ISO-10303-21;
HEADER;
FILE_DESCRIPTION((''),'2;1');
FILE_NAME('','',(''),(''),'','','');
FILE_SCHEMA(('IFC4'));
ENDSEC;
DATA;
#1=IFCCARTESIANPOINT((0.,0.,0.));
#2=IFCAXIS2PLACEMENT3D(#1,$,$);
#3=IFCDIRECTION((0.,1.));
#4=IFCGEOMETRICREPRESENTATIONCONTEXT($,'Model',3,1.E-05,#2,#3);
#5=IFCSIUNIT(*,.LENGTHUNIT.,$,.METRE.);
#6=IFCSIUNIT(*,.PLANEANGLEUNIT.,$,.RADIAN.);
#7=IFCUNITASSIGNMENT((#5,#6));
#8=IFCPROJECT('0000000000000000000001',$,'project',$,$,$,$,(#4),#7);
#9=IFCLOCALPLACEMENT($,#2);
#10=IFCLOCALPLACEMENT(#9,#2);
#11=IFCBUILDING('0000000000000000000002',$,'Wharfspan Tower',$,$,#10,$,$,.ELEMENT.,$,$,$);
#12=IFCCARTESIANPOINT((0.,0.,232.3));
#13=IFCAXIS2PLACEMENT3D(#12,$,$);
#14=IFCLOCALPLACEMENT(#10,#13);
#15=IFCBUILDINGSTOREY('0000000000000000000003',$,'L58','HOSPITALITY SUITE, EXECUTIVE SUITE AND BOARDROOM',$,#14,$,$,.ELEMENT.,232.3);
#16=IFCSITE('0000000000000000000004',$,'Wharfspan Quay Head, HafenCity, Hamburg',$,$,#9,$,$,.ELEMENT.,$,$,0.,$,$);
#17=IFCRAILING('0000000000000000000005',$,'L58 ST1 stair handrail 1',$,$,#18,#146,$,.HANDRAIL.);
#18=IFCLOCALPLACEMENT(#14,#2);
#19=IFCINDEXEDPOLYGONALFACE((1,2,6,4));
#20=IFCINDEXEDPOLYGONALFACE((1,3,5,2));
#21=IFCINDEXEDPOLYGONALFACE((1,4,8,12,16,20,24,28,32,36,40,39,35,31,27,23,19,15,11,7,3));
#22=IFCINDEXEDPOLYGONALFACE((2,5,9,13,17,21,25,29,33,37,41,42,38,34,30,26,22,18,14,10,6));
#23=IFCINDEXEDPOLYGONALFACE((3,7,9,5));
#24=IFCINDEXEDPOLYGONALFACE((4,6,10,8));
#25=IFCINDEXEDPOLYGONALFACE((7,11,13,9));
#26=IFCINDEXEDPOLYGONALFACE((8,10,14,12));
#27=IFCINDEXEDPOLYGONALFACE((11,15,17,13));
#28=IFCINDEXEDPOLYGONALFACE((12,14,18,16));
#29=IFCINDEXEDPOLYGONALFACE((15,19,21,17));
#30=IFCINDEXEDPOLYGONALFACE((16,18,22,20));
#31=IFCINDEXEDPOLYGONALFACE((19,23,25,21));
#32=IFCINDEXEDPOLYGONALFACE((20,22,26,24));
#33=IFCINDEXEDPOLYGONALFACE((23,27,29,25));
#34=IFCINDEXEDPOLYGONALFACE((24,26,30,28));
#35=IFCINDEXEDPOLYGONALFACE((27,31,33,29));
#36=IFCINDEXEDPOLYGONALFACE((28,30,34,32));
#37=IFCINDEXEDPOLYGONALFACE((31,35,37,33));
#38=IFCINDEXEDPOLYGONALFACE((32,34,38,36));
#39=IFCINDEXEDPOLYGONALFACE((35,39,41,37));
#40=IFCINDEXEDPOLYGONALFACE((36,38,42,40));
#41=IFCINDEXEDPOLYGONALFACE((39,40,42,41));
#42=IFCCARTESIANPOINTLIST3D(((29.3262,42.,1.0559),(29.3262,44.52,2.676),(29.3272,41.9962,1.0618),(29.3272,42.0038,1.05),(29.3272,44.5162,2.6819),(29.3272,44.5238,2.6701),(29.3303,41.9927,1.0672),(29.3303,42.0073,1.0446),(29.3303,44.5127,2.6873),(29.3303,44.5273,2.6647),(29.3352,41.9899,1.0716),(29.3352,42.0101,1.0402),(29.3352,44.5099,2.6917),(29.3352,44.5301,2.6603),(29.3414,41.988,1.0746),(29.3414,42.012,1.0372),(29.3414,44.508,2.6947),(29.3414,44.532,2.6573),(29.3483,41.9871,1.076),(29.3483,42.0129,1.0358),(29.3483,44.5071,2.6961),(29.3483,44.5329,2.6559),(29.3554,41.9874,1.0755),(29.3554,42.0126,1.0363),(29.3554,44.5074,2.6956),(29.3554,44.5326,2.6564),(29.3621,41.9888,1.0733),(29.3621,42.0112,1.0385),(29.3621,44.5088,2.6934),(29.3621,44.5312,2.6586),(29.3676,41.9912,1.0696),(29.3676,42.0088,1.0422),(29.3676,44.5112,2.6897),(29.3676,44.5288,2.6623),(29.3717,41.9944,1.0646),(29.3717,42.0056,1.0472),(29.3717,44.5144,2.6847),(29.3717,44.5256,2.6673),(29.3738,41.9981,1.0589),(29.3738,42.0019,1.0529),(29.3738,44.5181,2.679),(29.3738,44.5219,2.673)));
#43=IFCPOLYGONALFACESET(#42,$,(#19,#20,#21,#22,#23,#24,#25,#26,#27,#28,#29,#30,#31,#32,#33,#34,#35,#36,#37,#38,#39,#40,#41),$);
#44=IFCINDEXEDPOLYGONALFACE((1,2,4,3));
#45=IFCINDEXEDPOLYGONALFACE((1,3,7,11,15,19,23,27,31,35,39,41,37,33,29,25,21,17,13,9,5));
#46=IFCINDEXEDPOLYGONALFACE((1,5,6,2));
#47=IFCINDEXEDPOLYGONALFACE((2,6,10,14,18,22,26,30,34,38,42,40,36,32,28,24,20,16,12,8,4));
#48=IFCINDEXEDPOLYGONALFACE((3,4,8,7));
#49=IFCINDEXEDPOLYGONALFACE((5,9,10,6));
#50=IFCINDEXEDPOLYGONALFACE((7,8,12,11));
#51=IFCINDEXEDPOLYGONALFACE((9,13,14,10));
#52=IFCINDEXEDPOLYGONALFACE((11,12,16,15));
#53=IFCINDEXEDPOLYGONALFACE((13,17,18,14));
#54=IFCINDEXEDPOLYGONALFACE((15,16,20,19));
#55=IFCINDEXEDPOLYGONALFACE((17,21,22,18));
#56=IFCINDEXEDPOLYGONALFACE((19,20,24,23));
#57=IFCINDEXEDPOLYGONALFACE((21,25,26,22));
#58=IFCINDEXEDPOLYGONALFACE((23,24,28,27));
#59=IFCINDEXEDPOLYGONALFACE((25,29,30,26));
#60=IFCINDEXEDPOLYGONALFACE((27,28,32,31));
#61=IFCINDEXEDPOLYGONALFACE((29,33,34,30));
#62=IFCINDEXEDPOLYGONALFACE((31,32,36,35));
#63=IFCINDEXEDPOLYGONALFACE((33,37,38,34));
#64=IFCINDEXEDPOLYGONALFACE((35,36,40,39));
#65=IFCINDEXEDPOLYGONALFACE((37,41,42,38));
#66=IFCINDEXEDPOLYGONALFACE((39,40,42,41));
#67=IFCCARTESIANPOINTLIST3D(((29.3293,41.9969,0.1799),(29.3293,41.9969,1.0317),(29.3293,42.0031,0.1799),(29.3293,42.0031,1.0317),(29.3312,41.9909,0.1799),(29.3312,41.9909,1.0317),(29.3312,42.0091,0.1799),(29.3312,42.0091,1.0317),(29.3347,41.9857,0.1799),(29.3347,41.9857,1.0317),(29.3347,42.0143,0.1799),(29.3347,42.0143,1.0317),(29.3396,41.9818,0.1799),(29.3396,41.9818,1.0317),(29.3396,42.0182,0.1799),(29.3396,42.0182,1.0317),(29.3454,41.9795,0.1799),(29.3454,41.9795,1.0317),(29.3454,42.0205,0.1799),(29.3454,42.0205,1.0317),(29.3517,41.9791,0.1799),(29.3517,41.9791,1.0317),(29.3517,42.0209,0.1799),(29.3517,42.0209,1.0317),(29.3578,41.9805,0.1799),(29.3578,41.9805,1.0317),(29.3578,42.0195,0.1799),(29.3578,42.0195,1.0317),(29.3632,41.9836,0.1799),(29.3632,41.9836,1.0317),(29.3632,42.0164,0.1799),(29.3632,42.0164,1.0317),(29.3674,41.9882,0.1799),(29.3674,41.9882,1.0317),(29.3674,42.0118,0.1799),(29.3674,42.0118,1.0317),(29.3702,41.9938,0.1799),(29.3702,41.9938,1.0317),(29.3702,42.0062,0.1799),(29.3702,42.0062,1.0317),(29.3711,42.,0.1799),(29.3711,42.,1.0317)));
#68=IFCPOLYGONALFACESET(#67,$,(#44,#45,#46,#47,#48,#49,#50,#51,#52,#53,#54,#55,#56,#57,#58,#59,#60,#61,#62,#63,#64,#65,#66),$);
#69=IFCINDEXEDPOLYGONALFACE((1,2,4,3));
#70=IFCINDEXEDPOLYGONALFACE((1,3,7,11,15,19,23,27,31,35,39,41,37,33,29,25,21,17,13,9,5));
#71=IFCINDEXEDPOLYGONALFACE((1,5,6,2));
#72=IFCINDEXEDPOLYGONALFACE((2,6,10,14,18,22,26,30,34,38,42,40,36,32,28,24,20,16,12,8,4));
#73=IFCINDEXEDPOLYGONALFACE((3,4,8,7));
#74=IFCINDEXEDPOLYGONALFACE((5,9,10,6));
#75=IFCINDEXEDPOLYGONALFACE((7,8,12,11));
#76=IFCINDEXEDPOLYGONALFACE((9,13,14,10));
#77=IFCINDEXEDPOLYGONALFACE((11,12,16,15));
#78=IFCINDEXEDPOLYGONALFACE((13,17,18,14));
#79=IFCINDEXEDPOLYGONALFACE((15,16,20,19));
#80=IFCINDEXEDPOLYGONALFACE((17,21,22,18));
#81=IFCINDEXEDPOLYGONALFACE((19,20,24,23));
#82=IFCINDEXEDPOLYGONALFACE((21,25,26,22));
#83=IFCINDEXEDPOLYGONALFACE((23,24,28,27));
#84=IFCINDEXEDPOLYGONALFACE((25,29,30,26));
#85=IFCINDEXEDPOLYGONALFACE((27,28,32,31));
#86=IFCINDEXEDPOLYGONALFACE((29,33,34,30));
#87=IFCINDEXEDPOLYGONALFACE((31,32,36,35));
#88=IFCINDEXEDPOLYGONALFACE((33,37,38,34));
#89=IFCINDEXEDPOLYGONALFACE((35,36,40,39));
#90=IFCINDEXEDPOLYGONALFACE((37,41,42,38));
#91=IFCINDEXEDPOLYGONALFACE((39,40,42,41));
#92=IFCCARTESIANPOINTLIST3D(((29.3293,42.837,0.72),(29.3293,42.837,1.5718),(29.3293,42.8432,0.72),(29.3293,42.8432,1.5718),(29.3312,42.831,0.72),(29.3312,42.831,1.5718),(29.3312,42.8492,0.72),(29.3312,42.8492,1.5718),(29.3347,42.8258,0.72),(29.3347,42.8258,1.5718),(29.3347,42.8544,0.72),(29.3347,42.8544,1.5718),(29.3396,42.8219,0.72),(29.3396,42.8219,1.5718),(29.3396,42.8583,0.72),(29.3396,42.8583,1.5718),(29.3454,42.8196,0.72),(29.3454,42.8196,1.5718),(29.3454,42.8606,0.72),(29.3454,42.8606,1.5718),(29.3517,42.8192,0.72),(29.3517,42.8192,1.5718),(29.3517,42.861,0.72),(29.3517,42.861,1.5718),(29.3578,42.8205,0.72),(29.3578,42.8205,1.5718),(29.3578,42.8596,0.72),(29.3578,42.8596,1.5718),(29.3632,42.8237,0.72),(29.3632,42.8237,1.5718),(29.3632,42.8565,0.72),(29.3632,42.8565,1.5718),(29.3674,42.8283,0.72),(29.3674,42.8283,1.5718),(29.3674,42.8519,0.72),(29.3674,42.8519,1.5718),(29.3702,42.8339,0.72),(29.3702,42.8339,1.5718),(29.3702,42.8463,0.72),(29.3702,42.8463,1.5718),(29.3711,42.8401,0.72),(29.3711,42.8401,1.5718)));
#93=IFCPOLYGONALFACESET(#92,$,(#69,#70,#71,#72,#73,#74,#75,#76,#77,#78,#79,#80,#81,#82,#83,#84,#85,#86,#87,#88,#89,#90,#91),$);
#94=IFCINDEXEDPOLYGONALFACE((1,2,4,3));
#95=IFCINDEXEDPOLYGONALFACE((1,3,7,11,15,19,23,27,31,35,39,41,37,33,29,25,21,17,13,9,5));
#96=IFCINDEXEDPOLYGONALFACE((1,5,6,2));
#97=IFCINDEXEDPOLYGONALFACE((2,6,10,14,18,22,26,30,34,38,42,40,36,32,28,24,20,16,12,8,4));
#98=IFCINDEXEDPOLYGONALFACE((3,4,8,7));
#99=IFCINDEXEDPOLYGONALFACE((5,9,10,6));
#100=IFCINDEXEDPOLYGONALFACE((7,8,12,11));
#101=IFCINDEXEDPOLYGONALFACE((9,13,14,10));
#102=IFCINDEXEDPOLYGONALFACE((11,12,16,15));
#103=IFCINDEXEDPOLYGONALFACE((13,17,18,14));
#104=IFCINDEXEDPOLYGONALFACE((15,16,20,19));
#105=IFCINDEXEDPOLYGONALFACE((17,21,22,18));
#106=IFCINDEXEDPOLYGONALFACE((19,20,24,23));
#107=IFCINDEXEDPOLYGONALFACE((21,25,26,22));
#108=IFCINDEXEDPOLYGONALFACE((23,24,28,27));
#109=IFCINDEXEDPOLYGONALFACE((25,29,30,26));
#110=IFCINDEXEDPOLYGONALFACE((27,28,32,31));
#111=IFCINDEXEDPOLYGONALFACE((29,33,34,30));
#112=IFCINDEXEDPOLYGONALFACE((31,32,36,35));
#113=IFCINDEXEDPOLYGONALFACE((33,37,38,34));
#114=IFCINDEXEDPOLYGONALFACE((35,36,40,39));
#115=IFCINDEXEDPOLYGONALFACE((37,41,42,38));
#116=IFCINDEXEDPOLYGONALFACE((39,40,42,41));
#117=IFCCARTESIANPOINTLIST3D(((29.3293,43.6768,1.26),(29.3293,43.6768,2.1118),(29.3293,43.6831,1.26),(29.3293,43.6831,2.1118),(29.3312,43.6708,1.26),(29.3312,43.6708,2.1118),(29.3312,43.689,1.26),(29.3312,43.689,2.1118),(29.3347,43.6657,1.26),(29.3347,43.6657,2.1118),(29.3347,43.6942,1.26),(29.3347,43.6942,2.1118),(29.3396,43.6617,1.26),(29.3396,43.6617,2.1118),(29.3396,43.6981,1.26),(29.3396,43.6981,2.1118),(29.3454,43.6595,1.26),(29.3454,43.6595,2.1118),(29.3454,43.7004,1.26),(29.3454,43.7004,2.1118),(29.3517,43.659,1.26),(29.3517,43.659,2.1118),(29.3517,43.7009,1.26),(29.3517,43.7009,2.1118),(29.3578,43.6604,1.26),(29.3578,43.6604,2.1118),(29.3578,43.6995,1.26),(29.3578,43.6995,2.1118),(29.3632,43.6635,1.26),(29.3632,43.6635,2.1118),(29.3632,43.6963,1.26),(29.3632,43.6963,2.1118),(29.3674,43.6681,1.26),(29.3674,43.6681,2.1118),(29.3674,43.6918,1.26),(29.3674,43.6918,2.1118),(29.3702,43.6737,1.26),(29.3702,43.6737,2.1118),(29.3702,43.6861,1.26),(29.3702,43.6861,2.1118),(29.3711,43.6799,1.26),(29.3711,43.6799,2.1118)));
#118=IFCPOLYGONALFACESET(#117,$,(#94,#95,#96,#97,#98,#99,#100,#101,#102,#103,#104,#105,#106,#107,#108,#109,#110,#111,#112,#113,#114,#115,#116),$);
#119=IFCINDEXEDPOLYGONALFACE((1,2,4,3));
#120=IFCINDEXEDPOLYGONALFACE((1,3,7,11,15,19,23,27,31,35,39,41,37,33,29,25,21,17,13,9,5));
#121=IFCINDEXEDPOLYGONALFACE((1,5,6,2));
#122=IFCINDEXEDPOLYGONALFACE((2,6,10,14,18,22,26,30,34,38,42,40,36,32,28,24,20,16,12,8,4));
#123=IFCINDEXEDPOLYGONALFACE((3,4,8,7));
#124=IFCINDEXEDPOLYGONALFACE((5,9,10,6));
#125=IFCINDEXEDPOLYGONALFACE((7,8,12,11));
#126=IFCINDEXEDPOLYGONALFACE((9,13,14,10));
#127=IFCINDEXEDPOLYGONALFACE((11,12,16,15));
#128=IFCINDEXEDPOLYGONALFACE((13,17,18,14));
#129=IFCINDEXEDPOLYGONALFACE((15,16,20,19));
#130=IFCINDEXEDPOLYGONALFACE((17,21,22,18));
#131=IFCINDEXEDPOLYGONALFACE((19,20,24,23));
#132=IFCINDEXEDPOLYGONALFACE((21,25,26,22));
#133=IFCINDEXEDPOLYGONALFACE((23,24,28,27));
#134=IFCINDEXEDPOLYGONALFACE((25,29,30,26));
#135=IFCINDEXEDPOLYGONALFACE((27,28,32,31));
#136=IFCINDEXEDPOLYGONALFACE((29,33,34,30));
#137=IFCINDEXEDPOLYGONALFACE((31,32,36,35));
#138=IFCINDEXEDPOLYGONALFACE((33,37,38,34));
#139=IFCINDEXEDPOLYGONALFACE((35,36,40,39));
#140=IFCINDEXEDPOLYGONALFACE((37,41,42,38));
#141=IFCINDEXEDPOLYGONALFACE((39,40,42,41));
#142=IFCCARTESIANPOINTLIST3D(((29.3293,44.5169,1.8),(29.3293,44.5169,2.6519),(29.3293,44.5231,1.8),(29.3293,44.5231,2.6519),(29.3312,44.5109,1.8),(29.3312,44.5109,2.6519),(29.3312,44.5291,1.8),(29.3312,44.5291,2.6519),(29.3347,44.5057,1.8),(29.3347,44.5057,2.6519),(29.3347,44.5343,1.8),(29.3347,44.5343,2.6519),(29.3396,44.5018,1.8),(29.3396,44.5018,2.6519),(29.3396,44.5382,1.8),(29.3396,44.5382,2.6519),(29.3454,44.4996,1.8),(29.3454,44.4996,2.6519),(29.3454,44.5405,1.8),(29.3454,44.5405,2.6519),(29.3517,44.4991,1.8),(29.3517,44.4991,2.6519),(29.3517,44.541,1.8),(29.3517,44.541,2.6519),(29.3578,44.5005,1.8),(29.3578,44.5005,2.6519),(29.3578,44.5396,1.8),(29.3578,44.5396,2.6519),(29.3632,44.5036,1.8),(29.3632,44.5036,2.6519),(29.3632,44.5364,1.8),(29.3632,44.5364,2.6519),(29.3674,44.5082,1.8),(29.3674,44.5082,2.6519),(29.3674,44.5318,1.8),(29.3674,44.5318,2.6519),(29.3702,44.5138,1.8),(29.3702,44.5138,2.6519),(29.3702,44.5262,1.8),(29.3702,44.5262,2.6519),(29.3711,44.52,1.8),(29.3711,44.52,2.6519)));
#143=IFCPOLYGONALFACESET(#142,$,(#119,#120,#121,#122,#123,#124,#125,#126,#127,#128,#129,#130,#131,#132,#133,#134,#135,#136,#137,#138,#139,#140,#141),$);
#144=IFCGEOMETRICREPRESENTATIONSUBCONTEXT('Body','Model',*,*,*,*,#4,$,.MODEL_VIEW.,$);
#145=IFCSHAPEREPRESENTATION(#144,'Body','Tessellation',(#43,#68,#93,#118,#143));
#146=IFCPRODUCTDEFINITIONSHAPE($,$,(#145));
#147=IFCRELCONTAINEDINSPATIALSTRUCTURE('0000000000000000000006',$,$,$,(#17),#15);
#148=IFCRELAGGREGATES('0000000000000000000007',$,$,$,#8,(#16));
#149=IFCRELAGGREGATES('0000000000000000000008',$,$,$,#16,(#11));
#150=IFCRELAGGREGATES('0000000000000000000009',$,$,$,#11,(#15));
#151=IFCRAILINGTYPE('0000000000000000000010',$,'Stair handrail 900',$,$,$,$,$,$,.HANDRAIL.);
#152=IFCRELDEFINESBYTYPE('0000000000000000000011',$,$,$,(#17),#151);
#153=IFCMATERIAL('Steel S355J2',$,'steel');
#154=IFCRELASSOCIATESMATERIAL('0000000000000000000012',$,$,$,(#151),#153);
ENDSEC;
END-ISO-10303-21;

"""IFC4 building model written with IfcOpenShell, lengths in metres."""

from ifc_helpers import new_model, si_unit, direction, frame, origin, origin_2d, place, context, subcontext, project, spatial, circle, extrude, material, type_object, element, save


model = new_model("IFC4")

# Units and contexts
model_context = context("Model", 3, precision=1e-05, world=origin(), true_north=direction((0.0, 1.0)))
body_context = subcontext(model_context, "Body", "Model", "MODEL_VIEW")
ifc_project = project(units=[si_unit("LENGTHUNIT", "METRE"), si_unit("PLANEANGLEUNIT", "RADIAN")], contexts=[model_context])

# Site, building, storey
site_placement = place(None, origin())
site = spatial("IfcSite", under=ifc_project, at=site_placement, Name="Wharfspan Quay Head, HafenCity, Hamburg", CompositionType="ELEMENT", RefElevation=0.0)
building_placement = place(site_placement, origin())
building = spatial("IfcBuilding", under=site, at=building_placement, Name="Wharfspan Tower", CompositionType="ELEMENT")
storey_placement = place(building_placement, frame((0.0, 0.0, 232.3)))
storey = spatial("IfcBuildingStorey", under=building, at=storey_placement, Name="L58", Description="HOSPITALITY SUITE, EXECUTIVE SUITE AND BOARDROOM", CompositionType="ELEMENT", Elevation=232.3)

# Shared definitions
ifc_material_1 = material(Name="Steel S355J2", Category="steel")

# Railing
railing_type_1 = type_object("IfcRailingType", Name="Stair handrail 900", PredefinedType="HANDRAIL", material=ifc_material_1)
railing_1_placement = place(storey_placement, frame((29.3501, 42.0, 0.1799)))
element("IfcRailing", 1, at=railing_1_placement, inside=storey, type_object=railing_type_1, Name="L58 ST1 stair handrail 1", PredefinedType="HANDRAIL", context=body_context, shape_type="SweptSolid", body=[
    extrude(circle(Radius=0.0239, at=origin_2d()), frame((0.0, 0.0, 0.876), z_axis=(0.0, 0.841163, 0.540782), x_axis=(-1.0, 0.0, 0.0)), (0.0, 0.0, 1.0), 2.9958),
    extrude(circle(Radius=0.021, at=origin_2d()), origin(), (0.0, 0.0, 1.0), 0.8518),
    extrude(circle(Radius=0.021, at=origin_2d()), frame((0.0, 0.8401, 0.54)), (0.0, 0.0, 1.0), 0.8518),
    extrude(circle(Radius=0.021, at=origin_2d()), frame((0.0, 1.6799, 1.0801)), (0.0, 0.0, 1.0), 0.8518),
    extrude(circle(Radius=0.021, at=origin_2d()), frame((0.0, 2.52, 1.6201)), (0.0, 0.0, 1.0), 0.8518),
])

save(model, "model.ifc")
